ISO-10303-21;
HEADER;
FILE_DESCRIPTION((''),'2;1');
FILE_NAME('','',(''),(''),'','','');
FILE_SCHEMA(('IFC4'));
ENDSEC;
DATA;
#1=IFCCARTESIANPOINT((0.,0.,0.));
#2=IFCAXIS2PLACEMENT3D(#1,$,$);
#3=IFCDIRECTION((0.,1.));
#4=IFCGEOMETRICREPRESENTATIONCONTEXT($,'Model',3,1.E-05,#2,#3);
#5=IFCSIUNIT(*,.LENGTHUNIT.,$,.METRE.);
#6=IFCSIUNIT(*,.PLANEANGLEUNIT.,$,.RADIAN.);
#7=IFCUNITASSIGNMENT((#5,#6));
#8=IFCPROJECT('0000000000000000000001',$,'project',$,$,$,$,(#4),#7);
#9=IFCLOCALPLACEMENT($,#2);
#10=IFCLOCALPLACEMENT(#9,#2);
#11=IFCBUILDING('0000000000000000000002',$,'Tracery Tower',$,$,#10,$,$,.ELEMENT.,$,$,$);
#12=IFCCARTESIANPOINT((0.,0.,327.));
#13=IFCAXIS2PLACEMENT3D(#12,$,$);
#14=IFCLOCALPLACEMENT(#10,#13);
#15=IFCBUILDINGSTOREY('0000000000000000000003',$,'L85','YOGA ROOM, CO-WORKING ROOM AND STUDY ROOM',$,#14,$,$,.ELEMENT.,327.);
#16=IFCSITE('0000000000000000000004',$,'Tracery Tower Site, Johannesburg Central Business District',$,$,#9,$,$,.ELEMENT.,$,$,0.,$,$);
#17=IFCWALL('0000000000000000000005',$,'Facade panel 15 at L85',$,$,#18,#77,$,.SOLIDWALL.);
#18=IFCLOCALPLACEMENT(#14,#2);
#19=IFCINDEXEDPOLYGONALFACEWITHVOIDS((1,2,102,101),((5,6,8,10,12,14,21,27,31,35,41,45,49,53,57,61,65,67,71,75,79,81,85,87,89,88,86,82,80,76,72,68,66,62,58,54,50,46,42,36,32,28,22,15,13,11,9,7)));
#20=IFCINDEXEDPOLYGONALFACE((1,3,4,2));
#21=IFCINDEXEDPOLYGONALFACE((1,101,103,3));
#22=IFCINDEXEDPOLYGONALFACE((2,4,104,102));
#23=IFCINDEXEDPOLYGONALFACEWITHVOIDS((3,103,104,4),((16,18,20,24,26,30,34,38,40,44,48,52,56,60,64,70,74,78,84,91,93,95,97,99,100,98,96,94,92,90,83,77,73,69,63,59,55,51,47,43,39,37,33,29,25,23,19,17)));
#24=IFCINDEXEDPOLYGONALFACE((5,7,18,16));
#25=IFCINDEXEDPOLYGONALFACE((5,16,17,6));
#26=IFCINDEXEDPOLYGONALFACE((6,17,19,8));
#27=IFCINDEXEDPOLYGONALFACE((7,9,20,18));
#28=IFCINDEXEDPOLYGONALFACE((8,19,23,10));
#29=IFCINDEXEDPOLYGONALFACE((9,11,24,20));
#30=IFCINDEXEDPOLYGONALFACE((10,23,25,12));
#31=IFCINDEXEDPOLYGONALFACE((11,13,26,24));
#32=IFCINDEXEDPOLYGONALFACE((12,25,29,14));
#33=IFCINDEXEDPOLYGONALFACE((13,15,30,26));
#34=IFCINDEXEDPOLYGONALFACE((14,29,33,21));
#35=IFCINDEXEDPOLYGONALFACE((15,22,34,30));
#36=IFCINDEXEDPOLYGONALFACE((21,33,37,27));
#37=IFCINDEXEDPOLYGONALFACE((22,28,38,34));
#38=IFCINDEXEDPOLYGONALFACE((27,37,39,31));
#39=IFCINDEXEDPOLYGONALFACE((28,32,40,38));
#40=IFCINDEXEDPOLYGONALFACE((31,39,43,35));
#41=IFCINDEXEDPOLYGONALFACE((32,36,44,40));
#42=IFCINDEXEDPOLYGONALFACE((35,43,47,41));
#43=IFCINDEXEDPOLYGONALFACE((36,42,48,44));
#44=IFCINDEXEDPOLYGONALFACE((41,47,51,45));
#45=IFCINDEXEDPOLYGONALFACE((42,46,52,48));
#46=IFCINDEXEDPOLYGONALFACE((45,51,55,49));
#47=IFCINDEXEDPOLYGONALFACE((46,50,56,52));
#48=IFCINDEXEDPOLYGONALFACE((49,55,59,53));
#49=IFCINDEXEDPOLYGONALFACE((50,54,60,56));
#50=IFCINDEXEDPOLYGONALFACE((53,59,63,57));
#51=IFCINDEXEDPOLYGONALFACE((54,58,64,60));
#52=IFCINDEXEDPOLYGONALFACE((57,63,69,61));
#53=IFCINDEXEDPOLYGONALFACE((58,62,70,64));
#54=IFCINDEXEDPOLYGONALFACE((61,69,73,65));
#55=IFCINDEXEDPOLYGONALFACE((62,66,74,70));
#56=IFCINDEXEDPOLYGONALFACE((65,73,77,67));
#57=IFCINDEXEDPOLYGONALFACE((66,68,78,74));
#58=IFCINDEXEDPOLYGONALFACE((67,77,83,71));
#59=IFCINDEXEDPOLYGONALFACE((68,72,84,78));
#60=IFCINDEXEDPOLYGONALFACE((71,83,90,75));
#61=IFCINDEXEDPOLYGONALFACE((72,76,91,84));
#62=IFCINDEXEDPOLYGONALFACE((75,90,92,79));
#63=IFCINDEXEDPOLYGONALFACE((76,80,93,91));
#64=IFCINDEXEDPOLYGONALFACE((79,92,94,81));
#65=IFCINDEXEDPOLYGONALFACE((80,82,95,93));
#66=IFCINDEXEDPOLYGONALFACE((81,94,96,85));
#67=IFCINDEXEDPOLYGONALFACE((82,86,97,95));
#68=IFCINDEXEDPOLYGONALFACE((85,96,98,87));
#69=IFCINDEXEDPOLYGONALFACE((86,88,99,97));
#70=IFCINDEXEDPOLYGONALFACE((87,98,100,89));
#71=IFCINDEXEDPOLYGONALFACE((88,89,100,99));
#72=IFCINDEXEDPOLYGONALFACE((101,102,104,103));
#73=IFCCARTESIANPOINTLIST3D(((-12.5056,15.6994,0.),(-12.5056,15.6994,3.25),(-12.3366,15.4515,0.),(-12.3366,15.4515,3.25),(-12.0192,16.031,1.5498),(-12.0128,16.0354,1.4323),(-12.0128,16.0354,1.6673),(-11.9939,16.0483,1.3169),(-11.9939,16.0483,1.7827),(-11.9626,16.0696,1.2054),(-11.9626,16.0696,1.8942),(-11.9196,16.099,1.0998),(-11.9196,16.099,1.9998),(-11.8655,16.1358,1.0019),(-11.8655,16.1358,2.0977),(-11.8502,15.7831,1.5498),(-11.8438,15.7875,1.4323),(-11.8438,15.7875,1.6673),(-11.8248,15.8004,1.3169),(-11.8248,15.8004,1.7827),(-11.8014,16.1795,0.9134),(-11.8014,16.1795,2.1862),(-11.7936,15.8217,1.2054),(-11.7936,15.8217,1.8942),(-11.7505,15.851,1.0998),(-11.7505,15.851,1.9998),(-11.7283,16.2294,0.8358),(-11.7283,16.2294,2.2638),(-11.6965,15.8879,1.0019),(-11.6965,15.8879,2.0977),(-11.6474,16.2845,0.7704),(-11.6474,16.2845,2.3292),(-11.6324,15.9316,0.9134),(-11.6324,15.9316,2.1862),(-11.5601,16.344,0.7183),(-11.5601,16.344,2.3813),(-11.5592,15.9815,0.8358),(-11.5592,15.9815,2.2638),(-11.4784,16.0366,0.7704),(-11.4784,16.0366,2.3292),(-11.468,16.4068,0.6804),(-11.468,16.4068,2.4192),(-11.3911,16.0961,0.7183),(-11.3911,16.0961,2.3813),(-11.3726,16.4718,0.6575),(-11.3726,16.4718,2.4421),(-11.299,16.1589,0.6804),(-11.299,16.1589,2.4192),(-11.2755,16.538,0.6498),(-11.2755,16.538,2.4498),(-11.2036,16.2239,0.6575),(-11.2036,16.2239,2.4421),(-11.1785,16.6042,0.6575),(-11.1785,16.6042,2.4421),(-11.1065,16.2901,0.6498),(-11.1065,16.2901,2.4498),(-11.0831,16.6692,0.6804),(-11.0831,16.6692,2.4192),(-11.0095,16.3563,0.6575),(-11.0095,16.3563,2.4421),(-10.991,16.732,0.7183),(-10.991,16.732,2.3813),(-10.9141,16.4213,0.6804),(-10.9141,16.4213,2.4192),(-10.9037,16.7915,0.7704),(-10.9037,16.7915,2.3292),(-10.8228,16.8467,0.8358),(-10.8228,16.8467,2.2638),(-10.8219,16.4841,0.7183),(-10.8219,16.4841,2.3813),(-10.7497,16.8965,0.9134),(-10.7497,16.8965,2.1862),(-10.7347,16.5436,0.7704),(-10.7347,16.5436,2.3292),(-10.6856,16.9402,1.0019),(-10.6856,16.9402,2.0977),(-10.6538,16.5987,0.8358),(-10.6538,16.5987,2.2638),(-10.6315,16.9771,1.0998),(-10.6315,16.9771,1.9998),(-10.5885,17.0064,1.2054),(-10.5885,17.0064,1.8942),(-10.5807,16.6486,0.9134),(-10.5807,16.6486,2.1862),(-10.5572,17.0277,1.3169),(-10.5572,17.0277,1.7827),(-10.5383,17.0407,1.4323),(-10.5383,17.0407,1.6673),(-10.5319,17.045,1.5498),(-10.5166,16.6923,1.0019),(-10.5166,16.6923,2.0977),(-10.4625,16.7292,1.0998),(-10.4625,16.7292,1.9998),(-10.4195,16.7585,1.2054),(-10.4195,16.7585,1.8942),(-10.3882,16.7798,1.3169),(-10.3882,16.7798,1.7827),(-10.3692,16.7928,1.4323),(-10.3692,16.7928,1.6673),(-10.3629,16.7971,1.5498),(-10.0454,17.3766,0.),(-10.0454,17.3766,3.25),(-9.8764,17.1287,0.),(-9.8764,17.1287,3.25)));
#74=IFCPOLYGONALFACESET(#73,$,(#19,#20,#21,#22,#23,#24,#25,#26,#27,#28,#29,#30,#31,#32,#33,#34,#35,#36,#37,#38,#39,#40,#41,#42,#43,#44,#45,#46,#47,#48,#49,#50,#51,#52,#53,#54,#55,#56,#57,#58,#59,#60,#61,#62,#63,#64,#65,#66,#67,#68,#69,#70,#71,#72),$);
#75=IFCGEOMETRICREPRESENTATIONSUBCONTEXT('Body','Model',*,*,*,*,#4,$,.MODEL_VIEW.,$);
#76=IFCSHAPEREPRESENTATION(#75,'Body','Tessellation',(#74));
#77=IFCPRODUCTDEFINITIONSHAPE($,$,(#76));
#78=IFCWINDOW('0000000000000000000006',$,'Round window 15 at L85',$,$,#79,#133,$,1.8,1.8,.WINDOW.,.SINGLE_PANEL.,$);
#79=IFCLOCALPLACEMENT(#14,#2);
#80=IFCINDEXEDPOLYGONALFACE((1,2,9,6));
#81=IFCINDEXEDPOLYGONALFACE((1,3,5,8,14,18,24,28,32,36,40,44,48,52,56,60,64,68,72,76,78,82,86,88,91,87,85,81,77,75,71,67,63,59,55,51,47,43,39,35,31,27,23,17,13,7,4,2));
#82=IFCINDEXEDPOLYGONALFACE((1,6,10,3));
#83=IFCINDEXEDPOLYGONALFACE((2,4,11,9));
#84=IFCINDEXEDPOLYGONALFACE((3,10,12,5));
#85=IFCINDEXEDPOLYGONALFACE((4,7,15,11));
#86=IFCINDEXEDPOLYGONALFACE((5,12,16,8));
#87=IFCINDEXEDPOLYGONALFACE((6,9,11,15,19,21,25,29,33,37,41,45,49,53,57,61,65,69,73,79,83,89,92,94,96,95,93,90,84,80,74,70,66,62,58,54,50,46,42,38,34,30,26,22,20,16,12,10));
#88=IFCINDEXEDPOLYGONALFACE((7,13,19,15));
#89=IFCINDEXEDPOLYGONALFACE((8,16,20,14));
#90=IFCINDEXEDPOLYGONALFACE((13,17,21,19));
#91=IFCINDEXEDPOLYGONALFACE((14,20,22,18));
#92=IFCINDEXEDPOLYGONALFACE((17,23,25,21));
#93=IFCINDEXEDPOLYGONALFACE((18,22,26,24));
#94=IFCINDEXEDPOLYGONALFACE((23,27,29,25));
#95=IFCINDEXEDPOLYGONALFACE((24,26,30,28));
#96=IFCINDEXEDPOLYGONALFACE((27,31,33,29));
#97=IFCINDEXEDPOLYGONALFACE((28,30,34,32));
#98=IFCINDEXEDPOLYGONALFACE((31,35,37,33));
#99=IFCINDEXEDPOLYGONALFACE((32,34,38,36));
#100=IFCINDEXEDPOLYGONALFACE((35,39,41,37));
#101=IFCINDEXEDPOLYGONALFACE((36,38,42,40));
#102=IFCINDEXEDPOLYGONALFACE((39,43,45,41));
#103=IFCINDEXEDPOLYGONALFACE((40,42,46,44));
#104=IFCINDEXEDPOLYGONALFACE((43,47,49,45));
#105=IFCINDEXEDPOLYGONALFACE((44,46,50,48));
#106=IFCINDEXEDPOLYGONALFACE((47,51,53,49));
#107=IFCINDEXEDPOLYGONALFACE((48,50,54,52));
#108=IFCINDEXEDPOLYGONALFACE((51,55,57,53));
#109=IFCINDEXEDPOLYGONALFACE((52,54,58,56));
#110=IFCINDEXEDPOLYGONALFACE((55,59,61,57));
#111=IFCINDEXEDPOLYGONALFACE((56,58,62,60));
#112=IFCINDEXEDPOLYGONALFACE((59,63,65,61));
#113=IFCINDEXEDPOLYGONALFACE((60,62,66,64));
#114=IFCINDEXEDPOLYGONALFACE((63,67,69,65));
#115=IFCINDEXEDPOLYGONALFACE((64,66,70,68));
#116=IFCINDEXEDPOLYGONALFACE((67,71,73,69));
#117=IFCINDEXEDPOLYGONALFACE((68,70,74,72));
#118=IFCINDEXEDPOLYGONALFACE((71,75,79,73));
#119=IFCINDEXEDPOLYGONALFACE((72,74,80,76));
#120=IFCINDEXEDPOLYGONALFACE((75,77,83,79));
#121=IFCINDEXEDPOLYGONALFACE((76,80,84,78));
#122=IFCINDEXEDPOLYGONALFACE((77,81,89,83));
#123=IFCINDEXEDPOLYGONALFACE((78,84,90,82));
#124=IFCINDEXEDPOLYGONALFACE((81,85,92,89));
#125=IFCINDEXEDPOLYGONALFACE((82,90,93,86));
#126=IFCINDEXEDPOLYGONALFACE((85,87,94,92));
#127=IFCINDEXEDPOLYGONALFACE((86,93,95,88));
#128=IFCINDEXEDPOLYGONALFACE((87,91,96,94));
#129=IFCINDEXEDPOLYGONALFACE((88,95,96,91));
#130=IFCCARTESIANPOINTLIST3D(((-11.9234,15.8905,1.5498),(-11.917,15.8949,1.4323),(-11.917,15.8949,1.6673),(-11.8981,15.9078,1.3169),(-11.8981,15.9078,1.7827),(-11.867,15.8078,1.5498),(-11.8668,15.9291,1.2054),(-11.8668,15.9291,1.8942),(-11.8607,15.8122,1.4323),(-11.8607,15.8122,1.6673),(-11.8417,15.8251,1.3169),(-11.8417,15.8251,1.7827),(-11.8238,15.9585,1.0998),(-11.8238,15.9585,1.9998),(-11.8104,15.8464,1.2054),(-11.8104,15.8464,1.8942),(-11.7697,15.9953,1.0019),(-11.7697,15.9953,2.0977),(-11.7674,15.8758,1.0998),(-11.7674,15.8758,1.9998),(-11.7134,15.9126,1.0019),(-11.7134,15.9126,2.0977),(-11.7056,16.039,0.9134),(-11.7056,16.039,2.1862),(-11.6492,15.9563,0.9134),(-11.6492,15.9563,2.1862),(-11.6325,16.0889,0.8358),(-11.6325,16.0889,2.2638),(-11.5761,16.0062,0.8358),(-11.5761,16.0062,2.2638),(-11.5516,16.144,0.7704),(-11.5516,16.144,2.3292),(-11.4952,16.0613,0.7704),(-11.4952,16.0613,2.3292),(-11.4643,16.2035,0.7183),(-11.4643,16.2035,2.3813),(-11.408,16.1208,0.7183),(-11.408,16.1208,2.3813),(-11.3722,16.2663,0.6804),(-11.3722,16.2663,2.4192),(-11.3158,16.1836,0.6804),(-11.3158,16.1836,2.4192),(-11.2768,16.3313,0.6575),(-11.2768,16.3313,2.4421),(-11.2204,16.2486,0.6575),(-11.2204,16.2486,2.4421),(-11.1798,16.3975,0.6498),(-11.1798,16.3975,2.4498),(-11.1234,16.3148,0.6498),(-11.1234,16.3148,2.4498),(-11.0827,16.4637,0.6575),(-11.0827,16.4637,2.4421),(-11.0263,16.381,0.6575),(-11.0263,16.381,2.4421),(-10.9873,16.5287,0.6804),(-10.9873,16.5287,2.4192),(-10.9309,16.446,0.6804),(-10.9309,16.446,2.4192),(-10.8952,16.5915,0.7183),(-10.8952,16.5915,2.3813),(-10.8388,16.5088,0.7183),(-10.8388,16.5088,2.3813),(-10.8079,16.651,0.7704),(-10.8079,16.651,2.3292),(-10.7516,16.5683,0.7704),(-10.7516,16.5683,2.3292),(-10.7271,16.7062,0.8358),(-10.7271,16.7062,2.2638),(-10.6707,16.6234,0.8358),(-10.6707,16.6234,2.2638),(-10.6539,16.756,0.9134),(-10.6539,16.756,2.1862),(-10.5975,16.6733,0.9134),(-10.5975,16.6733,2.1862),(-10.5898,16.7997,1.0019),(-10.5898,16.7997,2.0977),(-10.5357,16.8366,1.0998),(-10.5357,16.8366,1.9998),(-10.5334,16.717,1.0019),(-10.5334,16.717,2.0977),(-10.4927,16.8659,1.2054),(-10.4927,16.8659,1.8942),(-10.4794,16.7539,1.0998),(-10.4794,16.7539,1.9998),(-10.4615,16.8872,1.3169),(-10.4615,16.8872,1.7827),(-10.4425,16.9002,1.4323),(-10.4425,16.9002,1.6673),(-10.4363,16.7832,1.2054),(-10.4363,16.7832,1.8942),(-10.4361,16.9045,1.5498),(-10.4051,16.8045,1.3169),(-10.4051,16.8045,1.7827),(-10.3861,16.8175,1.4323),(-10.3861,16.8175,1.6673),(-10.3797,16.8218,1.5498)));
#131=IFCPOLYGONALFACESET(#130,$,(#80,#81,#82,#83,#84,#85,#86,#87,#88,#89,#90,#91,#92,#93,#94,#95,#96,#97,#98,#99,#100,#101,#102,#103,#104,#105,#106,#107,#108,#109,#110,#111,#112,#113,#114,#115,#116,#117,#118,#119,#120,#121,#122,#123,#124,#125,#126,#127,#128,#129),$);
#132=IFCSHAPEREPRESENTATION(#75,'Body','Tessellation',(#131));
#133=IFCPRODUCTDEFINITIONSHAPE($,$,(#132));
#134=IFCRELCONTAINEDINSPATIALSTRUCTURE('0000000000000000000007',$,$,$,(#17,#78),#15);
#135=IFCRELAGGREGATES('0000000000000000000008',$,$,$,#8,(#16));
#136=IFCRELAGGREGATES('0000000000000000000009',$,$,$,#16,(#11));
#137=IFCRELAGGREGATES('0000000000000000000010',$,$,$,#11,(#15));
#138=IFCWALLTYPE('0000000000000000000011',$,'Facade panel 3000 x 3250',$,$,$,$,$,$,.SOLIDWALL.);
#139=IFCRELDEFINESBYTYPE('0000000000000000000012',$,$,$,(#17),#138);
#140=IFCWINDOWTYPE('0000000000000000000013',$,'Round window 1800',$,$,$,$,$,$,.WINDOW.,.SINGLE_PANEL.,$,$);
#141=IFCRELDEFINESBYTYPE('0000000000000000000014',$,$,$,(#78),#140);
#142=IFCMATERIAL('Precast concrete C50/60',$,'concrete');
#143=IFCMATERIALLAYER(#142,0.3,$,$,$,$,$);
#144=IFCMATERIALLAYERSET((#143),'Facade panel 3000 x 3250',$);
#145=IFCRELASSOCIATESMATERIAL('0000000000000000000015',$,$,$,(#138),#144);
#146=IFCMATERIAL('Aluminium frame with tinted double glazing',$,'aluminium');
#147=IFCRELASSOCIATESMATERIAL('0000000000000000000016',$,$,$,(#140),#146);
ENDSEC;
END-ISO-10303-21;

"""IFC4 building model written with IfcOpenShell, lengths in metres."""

from ifc_helpers import new_model, si_unit, direction, frame, frame_2d, origin, origin_2d, place, context, subcontext, project, spatial, rectangle, circle, extrude, material, layer, layer_set, type_object, element, fill, save


model = new_model("IFC4")

# Units and contexts
model_context = context("Model", 3, precision=1e-05, world=origin(), true_north=direction((0.0, 1.0)))
body_context = subcontext(model_context, "Body", "Model", "MODEL_VIEW")
ifc_project = project(units=[si_unit("LENGTHUNIT", "METRE"), si_unit("PLANEANGLEUNIT", "RADIAN")], contexts=[model_context])

# Site, building, storey
site_placement = place(None, origin())
site = spatial("IfcSite", under=ifc_project, at=site_placement, Name="Tracery Tower Site, Johannesburg Central Business District", CompositionType="ELEMENT", RefElevation=0.0)
building_placement = place(site_placement, origin())
building = spatial("IfcBuilding", under=site, at=building_placement, Name="Tracery Tower", CompositionType="ELEMENT")
storey_placement = place(building_placement, frame((0.0, 0.0, 327.0)))
storey = spatial("IfcBuildingStorey", under=building, at=storey_placement, Name="L85", Description="YOGA ROOM, CO-WORKING ROOM AND STUDY ROOM", CompositionType="ELEMENT", Elevation=327.0)

# Wall, opening, window
ifc_material_1 = material(Name="Precast concrete C50/60", Category="concrete")
ifc_layer_1 = layer(ifc_material_1, 0.3)
ifc_layer_set_1 = layer_set([ifc_layer_1], Name="Facade panel 3000 x 3250")
wall_type_1 = type_object("IfcWallType", Name="Facade panel 3000 x 3250", PredefinedType="SOLIDWALL", material=ifc_layer_set_1)
ifc_material_2 = material(Name="Aluminium frame with tinted double glazing", Category="aluminium")
window_type = type_object("IfcWindowType", Name="Round window 1800", PartitioningType="SINGLE_PANEL", PredefinedType="WINDOW", material=ifc_material_2)
wall_1_placement = place(storey_placement, frame((-9.9609, 17.2527, 0.0), z_axis=(0.0, 0.0, 1.0), x_axis=(-0.826253, -0.563299, 0.0)))
wall_1 = element("IfcWall", 1, at=wall_1_placement, inside=storey, type_object=wall_type_1, Name="Facade panel 15 at L85", PredefinedType="SOLIDWALL", context=body_context, shape_type="SweptSolid", body=[
    extrude(rectangle(XDim=2.9775, YDim=0.3, at=frame_2d((1.4888, 0.0))), origin(), (0.0, 0.0, 1.0), 3.25),
])
opening_1_placement = place(wall_1_placement, frame((1.4888, 0.0, 1.5498)))
opening_1 = element("IfcOpeningElement", 2, at=opening_1_placement, cuts=wall_1, PredefinedType="OPENING", context=body_context, shape_type="SweptSolid", body=[
    extrude(circle(Radius=0.9, at=origin_2d()), frame((0.0, 0.1599, 0.0), z_axis=(0.0, -1.0, 0.0), x_axis=(1.0, 0.0, 0.0)), (0.0, 0.0, 1.0), 0.3201),
])
window_1_placement = place(opening_1_placement, origin())
window_1 = element("IfcWindow", 3, at=window_1_placement, inside=storey, type_object=window_type, Name="Round window 15 at L85", OverallHeight=1.8, OverallWidth=1.8, PartitioningType="SINGLE_PANEL", PredefinedType="WINDOW", context=body_context, shape_type="SweptSolid", body=[
    extrude(circle(Radius=0.9, at=origin_2d()), frame((0.0, 0.1201, 0.0), z_axis=(0.0, -1.0, 0.0), x_axis=(1.0, 0.0, 0.0)), (0.0, 0.0, 1.0), 0.1001),
])
fill(opening_1, window_1)

save(model, "model.ifc")
